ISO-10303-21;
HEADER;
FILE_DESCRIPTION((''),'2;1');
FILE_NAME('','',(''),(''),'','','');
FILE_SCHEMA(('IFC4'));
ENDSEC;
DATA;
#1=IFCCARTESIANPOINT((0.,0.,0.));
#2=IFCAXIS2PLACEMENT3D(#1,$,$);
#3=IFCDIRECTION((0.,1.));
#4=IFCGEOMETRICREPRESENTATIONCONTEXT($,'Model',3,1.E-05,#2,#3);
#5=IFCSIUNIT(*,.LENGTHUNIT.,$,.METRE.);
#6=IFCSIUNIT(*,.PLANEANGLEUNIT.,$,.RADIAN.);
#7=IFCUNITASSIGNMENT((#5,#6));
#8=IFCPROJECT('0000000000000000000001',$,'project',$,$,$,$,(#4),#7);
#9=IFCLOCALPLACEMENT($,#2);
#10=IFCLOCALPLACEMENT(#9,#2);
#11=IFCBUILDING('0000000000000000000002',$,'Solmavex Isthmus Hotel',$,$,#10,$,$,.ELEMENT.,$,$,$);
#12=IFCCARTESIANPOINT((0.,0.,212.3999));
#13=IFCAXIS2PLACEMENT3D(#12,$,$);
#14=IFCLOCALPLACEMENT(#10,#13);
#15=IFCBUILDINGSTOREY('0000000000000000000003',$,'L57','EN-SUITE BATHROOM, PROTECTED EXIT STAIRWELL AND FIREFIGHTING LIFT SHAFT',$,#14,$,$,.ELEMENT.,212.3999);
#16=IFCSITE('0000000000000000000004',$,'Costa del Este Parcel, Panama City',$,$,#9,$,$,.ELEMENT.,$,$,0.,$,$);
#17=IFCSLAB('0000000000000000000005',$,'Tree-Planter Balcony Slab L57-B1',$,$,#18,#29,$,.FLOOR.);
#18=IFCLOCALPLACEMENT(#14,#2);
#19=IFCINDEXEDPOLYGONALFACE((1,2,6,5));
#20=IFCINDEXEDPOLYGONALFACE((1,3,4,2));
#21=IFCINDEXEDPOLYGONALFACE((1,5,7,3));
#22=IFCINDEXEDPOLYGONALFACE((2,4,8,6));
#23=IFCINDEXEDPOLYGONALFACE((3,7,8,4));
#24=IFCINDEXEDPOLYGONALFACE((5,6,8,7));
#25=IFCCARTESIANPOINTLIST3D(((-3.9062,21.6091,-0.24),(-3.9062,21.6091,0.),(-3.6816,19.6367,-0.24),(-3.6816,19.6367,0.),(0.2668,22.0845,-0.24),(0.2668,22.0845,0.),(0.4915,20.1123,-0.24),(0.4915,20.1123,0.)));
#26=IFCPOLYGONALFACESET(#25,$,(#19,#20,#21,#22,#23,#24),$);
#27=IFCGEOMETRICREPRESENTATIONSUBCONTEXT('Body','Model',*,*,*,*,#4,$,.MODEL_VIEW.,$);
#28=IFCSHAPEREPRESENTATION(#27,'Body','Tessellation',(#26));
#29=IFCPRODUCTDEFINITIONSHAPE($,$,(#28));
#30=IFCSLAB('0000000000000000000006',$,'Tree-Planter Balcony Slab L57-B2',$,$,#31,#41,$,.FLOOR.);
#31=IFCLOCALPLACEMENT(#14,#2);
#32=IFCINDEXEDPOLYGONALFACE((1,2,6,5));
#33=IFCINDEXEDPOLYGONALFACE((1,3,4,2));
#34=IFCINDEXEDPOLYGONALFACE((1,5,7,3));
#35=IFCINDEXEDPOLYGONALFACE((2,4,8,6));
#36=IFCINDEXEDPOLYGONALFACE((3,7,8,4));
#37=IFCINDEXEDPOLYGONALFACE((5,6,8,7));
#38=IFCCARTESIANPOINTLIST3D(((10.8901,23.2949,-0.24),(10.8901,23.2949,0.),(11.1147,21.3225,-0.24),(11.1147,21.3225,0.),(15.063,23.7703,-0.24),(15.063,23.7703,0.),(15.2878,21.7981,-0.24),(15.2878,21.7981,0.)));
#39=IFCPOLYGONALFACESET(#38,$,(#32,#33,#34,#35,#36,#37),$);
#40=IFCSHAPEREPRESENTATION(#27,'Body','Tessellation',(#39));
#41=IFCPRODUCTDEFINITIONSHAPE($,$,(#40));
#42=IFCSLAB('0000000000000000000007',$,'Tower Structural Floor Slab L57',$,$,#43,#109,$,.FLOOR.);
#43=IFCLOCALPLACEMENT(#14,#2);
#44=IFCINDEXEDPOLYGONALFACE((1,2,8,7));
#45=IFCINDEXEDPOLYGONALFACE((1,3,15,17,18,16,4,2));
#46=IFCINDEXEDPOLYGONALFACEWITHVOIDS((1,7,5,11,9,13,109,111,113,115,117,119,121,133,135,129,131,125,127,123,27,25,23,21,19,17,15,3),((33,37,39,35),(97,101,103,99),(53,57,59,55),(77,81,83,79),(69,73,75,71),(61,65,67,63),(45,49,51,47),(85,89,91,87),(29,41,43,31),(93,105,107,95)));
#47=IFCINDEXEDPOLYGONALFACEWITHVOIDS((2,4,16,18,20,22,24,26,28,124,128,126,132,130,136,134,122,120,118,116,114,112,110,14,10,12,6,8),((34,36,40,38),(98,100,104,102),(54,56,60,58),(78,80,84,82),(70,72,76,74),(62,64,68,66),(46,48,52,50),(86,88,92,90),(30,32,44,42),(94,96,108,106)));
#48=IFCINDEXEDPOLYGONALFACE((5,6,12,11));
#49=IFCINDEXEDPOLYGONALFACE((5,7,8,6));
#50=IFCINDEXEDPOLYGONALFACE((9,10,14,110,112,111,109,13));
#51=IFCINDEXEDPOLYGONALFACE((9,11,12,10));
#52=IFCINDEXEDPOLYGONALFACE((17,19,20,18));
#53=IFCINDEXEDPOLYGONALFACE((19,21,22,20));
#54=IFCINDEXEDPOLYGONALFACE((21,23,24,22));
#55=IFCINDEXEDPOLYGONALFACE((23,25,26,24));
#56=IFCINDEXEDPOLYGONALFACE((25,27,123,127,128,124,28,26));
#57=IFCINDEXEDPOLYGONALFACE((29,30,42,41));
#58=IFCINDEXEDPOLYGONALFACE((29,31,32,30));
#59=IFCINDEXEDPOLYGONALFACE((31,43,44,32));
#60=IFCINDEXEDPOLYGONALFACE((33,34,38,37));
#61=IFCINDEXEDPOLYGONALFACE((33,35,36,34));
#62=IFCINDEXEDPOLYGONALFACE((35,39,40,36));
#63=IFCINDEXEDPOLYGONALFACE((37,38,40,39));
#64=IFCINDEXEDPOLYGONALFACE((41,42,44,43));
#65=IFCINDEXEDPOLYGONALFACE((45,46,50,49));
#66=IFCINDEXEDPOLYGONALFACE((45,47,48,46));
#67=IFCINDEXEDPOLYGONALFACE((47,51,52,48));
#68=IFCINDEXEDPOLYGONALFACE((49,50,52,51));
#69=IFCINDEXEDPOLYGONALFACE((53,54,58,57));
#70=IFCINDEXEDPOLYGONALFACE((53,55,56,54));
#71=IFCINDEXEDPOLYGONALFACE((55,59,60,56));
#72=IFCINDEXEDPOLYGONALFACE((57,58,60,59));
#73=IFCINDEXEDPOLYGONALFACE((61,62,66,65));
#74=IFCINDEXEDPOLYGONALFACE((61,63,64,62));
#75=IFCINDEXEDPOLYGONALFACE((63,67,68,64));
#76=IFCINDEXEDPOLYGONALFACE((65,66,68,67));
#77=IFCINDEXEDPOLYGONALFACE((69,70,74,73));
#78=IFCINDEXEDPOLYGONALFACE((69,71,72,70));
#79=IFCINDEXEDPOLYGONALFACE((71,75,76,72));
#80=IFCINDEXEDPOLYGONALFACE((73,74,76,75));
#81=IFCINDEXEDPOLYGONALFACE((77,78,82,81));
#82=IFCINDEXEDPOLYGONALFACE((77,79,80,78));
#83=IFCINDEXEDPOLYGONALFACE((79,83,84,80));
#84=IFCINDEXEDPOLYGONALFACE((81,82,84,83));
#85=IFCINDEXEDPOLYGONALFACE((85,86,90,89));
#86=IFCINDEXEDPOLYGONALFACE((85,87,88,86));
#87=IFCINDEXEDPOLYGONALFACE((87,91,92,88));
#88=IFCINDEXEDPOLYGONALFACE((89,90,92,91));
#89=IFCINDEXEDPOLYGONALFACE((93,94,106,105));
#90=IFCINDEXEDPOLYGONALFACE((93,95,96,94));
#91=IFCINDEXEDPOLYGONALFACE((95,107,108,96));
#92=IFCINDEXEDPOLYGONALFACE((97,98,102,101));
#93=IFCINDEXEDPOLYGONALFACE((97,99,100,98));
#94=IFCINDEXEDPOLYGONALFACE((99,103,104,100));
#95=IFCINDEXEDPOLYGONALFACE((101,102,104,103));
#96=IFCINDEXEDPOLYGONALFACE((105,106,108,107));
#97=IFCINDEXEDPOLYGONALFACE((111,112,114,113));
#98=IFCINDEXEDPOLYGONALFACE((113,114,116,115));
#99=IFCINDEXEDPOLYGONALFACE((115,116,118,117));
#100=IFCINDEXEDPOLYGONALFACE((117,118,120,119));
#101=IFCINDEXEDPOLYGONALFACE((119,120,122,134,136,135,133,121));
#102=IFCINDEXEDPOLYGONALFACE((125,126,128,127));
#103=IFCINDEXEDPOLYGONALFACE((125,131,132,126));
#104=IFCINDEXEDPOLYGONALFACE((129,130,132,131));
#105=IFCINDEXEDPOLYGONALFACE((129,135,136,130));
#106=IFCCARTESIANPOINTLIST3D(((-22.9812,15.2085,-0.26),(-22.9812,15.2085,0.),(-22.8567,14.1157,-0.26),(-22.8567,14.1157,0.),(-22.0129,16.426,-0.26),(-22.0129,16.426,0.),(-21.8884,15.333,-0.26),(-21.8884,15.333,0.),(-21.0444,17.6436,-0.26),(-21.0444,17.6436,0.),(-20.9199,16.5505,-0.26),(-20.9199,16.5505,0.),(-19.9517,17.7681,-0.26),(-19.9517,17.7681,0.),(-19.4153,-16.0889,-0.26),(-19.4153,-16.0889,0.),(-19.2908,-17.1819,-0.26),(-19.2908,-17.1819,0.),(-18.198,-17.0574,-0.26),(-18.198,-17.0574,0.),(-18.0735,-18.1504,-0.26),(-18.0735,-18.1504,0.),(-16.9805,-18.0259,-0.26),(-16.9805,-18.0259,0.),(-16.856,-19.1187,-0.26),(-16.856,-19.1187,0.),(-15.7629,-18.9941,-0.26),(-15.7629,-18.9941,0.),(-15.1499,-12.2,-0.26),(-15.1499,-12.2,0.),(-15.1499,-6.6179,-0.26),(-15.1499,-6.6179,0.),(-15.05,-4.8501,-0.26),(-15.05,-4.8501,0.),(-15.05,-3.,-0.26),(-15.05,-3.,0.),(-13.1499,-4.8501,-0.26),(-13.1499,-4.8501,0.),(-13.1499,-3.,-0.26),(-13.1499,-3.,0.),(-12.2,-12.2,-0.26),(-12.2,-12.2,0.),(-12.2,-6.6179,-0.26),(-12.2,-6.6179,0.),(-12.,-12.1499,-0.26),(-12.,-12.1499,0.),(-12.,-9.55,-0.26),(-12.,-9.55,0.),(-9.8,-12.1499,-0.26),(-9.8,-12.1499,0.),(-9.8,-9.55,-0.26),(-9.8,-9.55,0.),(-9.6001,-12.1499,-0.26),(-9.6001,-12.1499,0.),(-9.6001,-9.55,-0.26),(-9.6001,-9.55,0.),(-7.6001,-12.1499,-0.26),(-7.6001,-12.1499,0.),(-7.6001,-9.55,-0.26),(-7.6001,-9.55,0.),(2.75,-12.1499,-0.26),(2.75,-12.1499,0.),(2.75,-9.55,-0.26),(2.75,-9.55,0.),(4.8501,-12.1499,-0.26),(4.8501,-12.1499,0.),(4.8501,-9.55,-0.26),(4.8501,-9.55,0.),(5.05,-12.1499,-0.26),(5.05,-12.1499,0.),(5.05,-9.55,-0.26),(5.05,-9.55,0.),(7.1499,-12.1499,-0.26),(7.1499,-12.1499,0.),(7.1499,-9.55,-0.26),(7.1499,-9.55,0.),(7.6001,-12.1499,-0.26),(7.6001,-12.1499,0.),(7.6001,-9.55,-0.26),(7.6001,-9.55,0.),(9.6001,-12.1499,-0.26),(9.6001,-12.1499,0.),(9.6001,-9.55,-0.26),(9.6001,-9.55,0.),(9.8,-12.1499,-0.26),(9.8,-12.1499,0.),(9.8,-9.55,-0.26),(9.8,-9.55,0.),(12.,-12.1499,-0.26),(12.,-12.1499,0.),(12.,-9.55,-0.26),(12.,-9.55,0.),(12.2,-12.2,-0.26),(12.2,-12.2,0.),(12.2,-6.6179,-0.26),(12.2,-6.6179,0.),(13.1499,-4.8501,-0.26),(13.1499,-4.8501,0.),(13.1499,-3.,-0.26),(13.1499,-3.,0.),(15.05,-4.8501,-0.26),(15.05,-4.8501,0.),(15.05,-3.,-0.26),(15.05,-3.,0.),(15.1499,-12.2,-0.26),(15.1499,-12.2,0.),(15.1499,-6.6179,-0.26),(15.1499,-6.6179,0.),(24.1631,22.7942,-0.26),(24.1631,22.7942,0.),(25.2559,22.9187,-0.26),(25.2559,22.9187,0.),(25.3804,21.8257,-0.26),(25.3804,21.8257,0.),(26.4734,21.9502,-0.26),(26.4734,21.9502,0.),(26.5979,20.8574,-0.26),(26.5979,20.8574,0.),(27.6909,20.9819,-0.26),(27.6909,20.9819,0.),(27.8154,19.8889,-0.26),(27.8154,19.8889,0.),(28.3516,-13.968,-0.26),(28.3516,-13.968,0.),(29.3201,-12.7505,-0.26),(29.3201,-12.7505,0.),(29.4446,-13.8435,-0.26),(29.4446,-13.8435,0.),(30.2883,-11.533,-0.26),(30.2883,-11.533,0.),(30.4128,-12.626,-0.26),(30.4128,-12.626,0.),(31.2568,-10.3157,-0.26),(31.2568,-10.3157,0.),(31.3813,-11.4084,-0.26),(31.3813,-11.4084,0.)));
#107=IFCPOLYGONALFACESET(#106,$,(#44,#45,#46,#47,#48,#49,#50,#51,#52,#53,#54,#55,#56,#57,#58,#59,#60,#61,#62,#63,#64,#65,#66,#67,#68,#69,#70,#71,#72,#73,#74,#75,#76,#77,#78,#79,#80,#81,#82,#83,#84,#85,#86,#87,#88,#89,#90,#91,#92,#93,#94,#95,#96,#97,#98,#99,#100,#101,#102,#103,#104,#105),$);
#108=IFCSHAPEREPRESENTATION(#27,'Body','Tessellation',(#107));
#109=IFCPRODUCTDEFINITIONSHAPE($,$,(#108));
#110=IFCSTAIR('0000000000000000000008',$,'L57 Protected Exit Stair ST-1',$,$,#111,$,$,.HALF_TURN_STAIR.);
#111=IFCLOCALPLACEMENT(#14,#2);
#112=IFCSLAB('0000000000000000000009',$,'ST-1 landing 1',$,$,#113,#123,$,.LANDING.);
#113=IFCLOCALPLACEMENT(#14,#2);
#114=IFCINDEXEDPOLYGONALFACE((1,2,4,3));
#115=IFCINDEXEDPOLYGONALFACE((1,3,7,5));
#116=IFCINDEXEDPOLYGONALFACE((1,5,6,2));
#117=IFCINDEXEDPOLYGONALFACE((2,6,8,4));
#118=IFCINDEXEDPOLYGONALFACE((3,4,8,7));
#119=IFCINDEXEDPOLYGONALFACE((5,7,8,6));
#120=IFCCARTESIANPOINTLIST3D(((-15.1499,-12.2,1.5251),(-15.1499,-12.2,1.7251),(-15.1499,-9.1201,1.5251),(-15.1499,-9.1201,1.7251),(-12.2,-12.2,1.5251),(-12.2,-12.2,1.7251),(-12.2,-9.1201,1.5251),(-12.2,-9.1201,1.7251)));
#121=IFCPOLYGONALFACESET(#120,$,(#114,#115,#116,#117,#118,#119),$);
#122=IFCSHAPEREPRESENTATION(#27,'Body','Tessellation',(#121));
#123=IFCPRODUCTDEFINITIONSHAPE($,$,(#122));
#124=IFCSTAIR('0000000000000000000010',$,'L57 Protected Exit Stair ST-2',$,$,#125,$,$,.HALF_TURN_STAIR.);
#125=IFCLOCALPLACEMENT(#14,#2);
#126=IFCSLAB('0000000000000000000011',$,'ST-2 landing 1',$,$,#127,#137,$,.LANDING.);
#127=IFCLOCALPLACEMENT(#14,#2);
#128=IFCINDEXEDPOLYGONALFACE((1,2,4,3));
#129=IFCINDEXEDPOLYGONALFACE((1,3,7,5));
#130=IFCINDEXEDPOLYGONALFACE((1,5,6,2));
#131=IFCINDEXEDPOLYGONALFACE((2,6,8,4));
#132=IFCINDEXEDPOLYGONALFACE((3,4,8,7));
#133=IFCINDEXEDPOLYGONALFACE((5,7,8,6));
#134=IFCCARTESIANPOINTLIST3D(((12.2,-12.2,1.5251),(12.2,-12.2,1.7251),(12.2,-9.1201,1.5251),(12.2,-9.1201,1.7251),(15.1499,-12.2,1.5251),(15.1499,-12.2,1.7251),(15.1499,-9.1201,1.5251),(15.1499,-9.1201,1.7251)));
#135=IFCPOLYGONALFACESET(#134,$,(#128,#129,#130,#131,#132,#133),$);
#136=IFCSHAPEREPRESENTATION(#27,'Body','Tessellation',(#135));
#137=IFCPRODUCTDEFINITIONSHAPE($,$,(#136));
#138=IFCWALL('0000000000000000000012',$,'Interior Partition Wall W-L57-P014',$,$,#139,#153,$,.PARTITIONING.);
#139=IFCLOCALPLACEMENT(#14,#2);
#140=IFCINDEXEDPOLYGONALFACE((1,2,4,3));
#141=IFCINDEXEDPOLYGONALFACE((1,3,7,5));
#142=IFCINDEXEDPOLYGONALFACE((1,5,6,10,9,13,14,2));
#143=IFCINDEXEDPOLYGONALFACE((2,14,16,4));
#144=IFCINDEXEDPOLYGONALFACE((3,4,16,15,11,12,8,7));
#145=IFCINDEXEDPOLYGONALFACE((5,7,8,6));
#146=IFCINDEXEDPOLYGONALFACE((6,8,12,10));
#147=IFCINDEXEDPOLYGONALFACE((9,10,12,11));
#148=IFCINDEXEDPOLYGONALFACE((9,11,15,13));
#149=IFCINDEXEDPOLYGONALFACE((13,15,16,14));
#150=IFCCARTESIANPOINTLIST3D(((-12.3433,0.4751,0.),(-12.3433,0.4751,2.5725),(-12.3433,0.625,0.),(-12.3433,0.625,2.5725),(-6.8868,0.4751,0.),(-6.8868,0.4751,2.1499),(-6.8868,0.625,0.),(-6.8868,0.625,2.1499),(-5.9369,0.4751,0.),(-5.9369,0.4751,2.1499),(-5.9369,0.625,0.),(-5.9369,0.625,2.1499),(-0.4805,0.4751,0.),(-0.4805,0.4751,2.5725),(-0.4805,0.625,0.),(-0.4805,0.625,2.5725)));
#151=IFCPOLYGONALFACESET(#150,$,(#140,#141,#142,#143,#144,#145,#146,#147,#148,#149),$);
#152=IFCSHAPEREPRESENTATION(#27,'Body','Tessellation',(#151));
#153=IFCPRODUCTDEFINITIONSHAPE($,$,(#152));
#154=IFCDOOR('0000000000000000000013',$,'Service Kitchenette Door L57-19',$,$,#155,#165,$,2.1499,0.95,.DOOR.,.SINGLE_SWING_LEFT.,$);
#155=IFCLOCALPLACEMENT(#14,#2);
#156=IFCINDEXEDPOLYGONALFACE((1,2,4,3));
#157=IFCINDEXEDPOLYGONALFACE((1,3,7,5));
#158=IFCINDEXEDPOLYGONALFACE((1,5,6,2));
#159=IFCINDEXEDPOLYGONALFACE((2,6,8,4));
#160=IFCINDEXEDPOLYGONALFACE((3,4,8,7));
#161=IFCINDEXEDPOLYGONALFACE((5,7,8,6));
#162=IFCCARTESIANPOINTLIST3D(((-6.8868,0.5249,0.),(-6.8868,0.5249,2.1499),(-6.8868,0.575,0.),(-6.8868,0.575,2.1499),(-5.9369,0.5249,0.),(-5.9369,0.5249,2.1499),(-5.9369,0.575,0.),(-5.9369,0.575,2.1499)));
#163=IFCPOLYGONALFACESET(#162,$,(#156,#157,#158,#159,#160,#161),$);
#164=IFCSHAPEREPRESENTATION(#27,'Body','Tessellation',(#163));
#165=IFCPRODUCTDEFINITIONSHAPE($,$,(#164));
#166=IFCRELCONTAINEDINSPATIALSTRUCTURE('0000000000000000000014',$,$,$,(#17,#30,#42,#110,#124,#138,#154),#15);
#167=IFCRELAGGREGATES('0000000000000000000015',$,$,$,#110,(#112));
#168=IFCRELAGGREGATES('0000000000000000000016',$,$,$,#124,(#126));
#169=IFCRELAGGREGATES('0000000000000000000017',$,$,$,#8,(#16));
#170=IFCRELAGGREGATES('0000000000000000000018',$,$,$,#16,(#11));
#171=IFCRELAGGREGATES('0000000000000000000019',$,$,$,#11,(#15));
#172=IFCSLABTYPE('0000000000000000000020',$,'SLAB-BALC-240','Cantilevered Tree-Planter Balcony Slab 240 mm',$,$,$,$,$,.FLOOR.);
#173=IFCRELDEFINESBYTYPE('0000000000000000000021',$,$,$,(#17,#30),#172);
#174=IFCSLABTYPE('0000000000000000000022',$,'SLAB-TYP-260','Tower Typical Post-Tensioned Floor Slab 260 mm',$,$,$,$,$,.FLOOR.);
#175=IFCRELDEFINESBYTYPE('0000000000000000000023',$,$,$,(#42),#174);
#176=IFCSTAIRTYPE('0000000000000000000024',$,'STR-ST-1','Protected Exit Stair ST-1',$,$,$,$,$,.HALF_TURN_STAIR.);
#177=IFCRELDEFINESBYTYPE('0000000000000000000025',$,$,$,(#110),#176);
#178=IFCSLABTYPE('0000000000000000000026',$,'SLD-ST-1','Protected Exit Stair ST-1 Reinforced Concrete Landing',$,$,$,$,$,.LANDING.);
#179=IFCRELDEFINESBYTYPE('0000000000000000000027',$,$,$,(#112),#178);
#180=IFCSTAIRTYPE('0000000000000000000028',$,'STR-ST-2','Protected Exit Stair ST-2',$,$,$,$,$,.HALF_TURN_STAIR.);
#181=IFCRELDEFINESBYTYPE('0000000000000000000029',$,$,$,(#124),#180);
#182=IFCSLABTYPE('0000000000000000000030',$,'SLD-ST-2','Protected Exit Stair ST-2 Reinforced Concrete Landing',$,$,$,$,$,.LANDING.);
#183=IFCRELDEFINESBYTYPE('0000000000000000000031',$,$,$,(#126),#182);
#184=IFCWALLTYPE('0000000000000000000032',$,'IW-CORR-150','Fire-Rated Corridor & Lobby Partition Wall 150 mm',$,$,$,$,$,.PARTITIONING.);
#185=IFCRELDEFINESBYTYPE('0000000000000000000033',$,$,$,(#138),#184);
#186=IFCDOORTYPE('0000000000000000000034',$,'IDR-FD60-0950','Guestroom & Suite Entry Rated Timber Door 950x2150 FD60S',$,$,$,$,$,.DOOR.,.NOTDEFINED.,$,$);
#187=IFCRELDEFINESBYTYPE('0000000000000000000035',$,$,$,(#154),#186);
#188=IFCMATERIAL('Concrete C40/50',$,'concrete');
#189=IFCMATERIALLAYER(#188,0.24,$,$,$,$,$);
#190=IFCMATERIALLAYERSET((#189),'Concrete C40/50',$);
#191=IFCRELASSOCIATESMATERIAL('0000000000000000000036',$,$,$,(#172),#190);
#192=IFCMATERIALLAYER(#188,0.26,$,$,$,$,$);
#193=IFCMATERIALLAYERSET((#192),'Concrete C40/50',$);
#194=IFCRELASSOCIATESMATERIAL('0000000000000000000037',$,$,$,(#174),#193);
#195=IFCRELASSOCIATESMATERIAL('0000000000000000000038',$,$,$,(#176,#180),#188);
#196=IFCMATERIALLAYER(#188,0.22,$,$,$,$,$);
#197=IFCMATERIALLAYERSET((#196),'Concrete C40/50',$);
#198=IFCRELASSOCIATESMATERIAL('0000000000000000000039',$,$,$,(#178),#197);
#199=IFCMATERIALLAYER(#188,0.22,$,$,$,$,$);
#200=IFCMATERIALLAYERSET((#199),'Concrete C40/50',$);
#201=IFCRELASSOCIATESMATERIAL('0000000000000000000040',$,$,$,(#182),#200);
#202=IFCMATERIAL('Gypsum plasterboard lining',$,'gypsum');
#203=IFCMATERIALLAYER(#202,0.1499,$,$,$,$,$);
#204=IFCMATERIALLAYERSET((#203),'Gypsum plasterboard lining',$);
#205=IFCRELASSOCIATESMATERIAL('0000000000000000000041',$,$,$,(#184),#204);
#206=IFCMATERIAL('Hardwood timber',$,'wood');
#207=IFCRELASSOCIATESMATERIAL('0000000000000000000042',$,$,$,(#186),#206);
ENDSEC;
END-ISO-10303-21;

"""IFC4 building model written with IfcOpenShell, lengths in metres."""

from ifc_helpers import new_model, si_unit, direction, frame, frame_2d, origin, place, context, subcontext, project, spatial, polyline, rectangle, outline, extrude, material, layer, layer_set, type_object, element, fill, aggregate, save


model = new_model("IFC4")

# Units and contexts
model_context = context("Model", 3, precision=1e-05, world=origin(), true_north=direction((0.0, 1.0)))
body_context = subcontext(model_context, "Body", "Model", "MODEL_VIEW")
ifc_project = project(units=[si_unit("LENGTHUNIT", "METRE"), si_unit("PLANEANGLEUNIT", "RADIAN")], contexts=[model_context])

# Site, building, storey
site_placement = place(None, origin())
site = spatial("IfcSite", under=ifc_project, at=site_placement, Name="Costa del Este Parcel, Panama City", CompositionType="ELEMENT", RefElevation=0.0)
building_placement = place(site_placement, origin())
building = spatial("IfcBuilding", under=site, at=building_placement, Name="Solmavex Isthmus Hotel", CompositionType="ELEMENT")
storey_placement = place(building_placement, frame((0.0, 0.0, 212.3999)))
storey = spatial("IfcBuildingStorey", under=building, at=storey_placement, Name="L57", Description="EN-SUITE BATHROOM, PROTECTED EXIT STAIRWELL AND FIREFIGHTING LIFT SHAFT", CompositionType="ELEMENT", Elevation=212.3999)

# Slabs
ifc_material_1 = material(Name="Concrete C40/50", Category="concrete")
ifc_layer_1 = layer(ifc_material_1, 0.24)
ifc_layer_set_1 = layer_set([ifc_layer_1], Name="Concrete C40/50")
slab_type_1 = type_object("IfcSlabType", Name="SLAB-BALC-240", Description="Cantilevered Tree-Planter Balcony Slab 240 mm", PredefinedType="FLOOR", material=ifc_layer_set_1)
slab_1_placement = place(storey_placement, frame((0.0, 0.0, -0.24)))
element("IfcSlab", 1, at=slab_1_placement, inside=storey, type_object=slab_type_1, Name="Tree-Planter Balcony Slab L57-B1", PredefinedType="FLOOR", context=body_context, shape_type="SweptSolid", body=[
    extrude(outline(polyline([(-3.6816, 19.6367), (0.4915, 20.1123), (0.2668, 22.0845), (-3.9062, 21.6091), (-3.6816, 19.6367)])), origin(), (0.0, 0.0, 1.0), 0.24),
])
slab_2_placement = place(storey_placement, frame((0.0, 0.0, -0.24)))
element("IfcSlab", 2, at=slab_2_placement, inside=storey, type_object=slab_type_1, Name="Tree-Planter Balcony Slab L57-B2", PredefinedType="FLOOR", context=body_context, shape_type="SweptSolid", body=[
    extrude(outline(polyline([(11.1147, 21.3225), (15.2878, 21.7981), (15.063, 23.7703), (10.8901, 23.2949), (11.1147, 21.3225)])), origin(), (0.0, 0.0, 1.0), 0.24),
])
ifc_layer_2 = layer(ifc_material_1, 0.26)
ifc_layer_set_2 = layer_set([ifc_layer_2], Name="Concrete C40/50")
slab_type_2 = type_object("IfcSlabType", Name="SLAB-TYP-260", Description="Tower Typical Post-Tensioned Floor Slab 260 mm", PredefinedType="FLOOR", material=ifc_layer_set_2)
slab_3_placement = place(storey_placement, frame((0.0, 0.0, -0.26)))
element("IfcSlab", 3, at=slab_3_placement, inside=storey, type_object=slab_type_2, Name="Tower Structural Floor Slab L57", PredefinedType="FLOOR", context=body_context, shape_type="SweptSolid", body=[
    extrude(outline(polyline([(-15.7629, -18.9941), (28.3516, -13.968), (29.4446, -13.8435), (29.3201, -12.7505), (30.4128, -12.626), (30.2883, -11.533), (31.3813, -11.4084), (31.2568, -10.3157), (27.8154, 19.8889), (27.6909, 20.9819), (26.5979, 20.8574), (26.4734, 21.9502), (25.3804, 21.8257), (25.2559, 22.9187), (24.1631, 22.7942), (-19.9517, 17.7681), (-21.0444, 17.6436), (-20.9199, 16.5505), (-22.0129, 16.426), (-21.8884, 15.333), (-22.9812, 15.2085), (-22.8567, 14.1157), (-19.4153, -16.0889), (-19.2908, -17.1819), (-18.198, -17.0574), (-18.0735, -18.1504), (-16.9805, -18.0259), (-16.856, -19.1187), (-15.7629, -18.9941)]), holes=[polyline([(-15.1499, -6.6179), (-15.1499, -12.2), (-12.2, -12.2), (-12.2, -6.6179), (-15.1499, -6.6179)]), polyline([(12.2, -6.6179), (12.2, -12.2), (15.1499, -12.2), (15.1499, -6.6179), (12.2, -6.6179)]), polyline([(-12.0, -12.1499), (-9.8, -12.1499), (-9.8, -9.55), (-12.0, -9.55), (-12.0, -12.1499)]), polyline([(9.8, -12.1499), (12.0, -12.1499), (12.0, -9.55), (9.8, -9.55), (9.8, -12.1499)]), polyline([(-9.6001, -12.1499), (-7.6001, -12.1499), (-7.6001, -9.55), (-9.6001, -9.55), (-9.6001, -12.1499)]), polyline([(7.6001, -12.1499), (9.6001, -12.1499), (9.6001, -9.55), (7.6001, -9.55), (7.6001, -12.1499)]), polyline([(2.75, -12.1499), (4.8501, -12.1499), (4.8501, -9.55), (2.75, -9.55), (2.75, -12.1499)]), polyline([(5.05, -12.1499), (7.1499, -12.1499), (7.1499, -9.55), (5.05, -9.55), (5.05, -12.1499)]), polyline([(-15.05, -4.8501), (-13.1499, -4.8501), (-13.1499, -3.0), (-15.05, -3.0), (-15.05, -4.8501)]), polyline([(13.1499, -4.8501), (15.05, -4.8501), (15.05, -3.0), (13.1499, -3.0), (13.1499, -4.8501)])]), origin(), (0.0, 0.0, 1.0), 0.26),
])

# Stairs, slabs
stair_type_1 = type_object("IfcStairType", Name="STR-ST-1", Description="Protected Exit Stair ST-1", PredefinedType="HALF_TURN_STAIR", material=ifc_material_1)
stair_1_placement = place(storey_placement, origin())
stair_1 = element("IfcStair", 4, at=stair_1_placement, inside=storey, type_object=stair_type_1, Name="L57 Protected Exit Stair ST-1", PredefinedType="HALF_TURN_STAIR")
ifc_layer_3 = layer(ifc_material_1, 0.22)
ifc_layer_set_3 = layer_set([ifc_layer_3], Name="Concrete C40/50")
slab_type_3 = type_object("IfcSlabType", Name="SLD-ST-1", Description="Protected Exit Stair ST-1 Reinforced Concrete Landing", PredefinedType="LANDING", material=ifc_layer_set_3)
slab_4_placement = place(storey_placement, frame((0.0, 0.0, 1.5251)))
slab_4 = element("IfcSlab", 5, at=slab_4_placement, type_object=slab_type_3, Name="ST-1 landing 1", PredefinedType="LANDING", context=body_context, shape_type="SweptSolid", body=[
    extrude(outline(polyline([(-15.1499, -9.1201), (-15.1499, -12.2), (-12.2, -12.2), (-12.2, -9.1201), (-15.1499, -9.1201)])), origin(), (0.0, 0.0, 1.0), 0.2),
])
aggregate(stair_1, [slab_4])
stair_type_2 = type_object("IfcStairType", Name="STR-ST-2", Description="Protected Exit Stair ST-2", PredefinedType="HALF_TURN_STAIR", material=ifc_material_1)
stair_2_placement = place(storey_placement, origin())
stair_2 = element("IfcStair", 6, at=stair_2_placement, inside=storey, type_object=stair_type_2, Name="L57 Protected Exit Stair ST-2", PredefinedType="HALF_TURN_STAIR")
ifc_layer_4 = layer(ifc_material_1, 0.22)
ifc_layer_set_4 = layer_set([ifc_layer_4], Name="Concrete C40/50")
slab_type_4 = type_object("IfcSlabType", Name="SLD-ST-2", Description="Protected Exit Stair ST-2 Reinforced Concrete Landing", PredefinedType="LANDING", material=ifc_layer_set_4)
slab_5_placement = place(storey_placement, frame((0.0, 0.0, 1.5251)))
slab_5 = element("IfcSlab", 7, at=slab_5_placement, type_object=slab_type_4, Name="ST-2 landing 1", PredefinedType="LANDING", context=body_context, shape_type="SweptSolid", body=[
    extrude(outline(polyline([(12.2, -9.1201), (12.2, -12.2), (15.1499, -12.2), (15.1499, -9.1201), (12.2, -9.1201)])), origin(), (0.0, 0.0, 1.0), 0.2),
])
aggregate(stair_2, [slab_5])

# Wall, opening, door
ifc_material_2 = material(Name="Gypsum plasterboard lining", Category="gypsum")
ifc_layer_5 = layer(ifc_material_2, 0.1499)
ifc_layer_set_5 = layer_set([ifc_layer_5], Name="Gypsum plasterboard lining")
wall_type = type_object("IfcWallType", Name="IW-CORR-150", Description="Fire-Rated Corridor & Lobby Partition Wall 150 mm", PredefinedType="PARTITIONING", material=ifc_layer_set_5)
wall_1_placement = place(storey_placement, frame((-12.3433, 0.55, 0.0), z_axis=(0.0, 0.0, 1.0), x_axis=(1.0, 0.0, 0.0)))
wall_1 = element("IfcWall", 8, at=wall_1_placement, inside=storey, type_object=wall_type, Name="Interior Partition Wall W-L57-P014", PredefinedType="PARTITIONING", context=body_context, shape_type="SweptSolid", body=[
    extrude(rectangle(XDim=11.8628, YDim=0.1499, at=frame_2d((5.9314, 0.0))), origin(), (0.0, 0.0, 1.0), 2.5725),
])
opening_placement = place(wall_1_placement, frame((5.4563, 0.0, 0.0)))
opening = element("IfcOpeningElement", 9, at=opening_placement, cuts=wall_1, PredefinedType="OPENING", context=body_context, shape_type="SweptSolid", body=[
    extrude(rectangle(XDim=0.95, YDim=2.1499, at=frame_2d((0.4751, 1.075))), frame((0.0, 0.085, 0.0), z_axis=(0.0, -1.0, 0.0), x_axis=(1.0, 0.0, 0.0)), (0.0, 0.0, 1.0), 0.1699),
])
ifc_material_3 = material(Name="Hardwood timber", Category="wood")
door_type = type_object("IfcDoorType", Name="IDR-FD60-0950", Description="Guestroom & Suite Entry Rated Timber Door 950x2150 FD60S", OperationType="NOTDEFINED", PredefinedType="DOOR", material=ifc_material_3)
door_placement = place(opening_placement, origin())
door = element("IfcDoor", 10, at=door_placement, inside=storey, type_object=door_type, Name="Service Kitchenette Door L57-19", OperationType="SINGLE_SWING_LEFT", OverallHeight=2.1499, OverallWidth=0.95, PredefinedType="DOOR", context=body_context, shape_type="SweptSolid", body=[
    extrude(rectangle(XDim=0.95, YDim=2.1499, at=frame_2d((0.4751, 1.075))), frame((0.0, 0.0249, 0.0), z_axis=(0.0, -1.0, 0.0), x_axis=(1.0, 0.0, 0.0)), (0.0, 0.0, 1.0), 0.05),
])
fill(opening, door)

save(model, "model.ifc")
